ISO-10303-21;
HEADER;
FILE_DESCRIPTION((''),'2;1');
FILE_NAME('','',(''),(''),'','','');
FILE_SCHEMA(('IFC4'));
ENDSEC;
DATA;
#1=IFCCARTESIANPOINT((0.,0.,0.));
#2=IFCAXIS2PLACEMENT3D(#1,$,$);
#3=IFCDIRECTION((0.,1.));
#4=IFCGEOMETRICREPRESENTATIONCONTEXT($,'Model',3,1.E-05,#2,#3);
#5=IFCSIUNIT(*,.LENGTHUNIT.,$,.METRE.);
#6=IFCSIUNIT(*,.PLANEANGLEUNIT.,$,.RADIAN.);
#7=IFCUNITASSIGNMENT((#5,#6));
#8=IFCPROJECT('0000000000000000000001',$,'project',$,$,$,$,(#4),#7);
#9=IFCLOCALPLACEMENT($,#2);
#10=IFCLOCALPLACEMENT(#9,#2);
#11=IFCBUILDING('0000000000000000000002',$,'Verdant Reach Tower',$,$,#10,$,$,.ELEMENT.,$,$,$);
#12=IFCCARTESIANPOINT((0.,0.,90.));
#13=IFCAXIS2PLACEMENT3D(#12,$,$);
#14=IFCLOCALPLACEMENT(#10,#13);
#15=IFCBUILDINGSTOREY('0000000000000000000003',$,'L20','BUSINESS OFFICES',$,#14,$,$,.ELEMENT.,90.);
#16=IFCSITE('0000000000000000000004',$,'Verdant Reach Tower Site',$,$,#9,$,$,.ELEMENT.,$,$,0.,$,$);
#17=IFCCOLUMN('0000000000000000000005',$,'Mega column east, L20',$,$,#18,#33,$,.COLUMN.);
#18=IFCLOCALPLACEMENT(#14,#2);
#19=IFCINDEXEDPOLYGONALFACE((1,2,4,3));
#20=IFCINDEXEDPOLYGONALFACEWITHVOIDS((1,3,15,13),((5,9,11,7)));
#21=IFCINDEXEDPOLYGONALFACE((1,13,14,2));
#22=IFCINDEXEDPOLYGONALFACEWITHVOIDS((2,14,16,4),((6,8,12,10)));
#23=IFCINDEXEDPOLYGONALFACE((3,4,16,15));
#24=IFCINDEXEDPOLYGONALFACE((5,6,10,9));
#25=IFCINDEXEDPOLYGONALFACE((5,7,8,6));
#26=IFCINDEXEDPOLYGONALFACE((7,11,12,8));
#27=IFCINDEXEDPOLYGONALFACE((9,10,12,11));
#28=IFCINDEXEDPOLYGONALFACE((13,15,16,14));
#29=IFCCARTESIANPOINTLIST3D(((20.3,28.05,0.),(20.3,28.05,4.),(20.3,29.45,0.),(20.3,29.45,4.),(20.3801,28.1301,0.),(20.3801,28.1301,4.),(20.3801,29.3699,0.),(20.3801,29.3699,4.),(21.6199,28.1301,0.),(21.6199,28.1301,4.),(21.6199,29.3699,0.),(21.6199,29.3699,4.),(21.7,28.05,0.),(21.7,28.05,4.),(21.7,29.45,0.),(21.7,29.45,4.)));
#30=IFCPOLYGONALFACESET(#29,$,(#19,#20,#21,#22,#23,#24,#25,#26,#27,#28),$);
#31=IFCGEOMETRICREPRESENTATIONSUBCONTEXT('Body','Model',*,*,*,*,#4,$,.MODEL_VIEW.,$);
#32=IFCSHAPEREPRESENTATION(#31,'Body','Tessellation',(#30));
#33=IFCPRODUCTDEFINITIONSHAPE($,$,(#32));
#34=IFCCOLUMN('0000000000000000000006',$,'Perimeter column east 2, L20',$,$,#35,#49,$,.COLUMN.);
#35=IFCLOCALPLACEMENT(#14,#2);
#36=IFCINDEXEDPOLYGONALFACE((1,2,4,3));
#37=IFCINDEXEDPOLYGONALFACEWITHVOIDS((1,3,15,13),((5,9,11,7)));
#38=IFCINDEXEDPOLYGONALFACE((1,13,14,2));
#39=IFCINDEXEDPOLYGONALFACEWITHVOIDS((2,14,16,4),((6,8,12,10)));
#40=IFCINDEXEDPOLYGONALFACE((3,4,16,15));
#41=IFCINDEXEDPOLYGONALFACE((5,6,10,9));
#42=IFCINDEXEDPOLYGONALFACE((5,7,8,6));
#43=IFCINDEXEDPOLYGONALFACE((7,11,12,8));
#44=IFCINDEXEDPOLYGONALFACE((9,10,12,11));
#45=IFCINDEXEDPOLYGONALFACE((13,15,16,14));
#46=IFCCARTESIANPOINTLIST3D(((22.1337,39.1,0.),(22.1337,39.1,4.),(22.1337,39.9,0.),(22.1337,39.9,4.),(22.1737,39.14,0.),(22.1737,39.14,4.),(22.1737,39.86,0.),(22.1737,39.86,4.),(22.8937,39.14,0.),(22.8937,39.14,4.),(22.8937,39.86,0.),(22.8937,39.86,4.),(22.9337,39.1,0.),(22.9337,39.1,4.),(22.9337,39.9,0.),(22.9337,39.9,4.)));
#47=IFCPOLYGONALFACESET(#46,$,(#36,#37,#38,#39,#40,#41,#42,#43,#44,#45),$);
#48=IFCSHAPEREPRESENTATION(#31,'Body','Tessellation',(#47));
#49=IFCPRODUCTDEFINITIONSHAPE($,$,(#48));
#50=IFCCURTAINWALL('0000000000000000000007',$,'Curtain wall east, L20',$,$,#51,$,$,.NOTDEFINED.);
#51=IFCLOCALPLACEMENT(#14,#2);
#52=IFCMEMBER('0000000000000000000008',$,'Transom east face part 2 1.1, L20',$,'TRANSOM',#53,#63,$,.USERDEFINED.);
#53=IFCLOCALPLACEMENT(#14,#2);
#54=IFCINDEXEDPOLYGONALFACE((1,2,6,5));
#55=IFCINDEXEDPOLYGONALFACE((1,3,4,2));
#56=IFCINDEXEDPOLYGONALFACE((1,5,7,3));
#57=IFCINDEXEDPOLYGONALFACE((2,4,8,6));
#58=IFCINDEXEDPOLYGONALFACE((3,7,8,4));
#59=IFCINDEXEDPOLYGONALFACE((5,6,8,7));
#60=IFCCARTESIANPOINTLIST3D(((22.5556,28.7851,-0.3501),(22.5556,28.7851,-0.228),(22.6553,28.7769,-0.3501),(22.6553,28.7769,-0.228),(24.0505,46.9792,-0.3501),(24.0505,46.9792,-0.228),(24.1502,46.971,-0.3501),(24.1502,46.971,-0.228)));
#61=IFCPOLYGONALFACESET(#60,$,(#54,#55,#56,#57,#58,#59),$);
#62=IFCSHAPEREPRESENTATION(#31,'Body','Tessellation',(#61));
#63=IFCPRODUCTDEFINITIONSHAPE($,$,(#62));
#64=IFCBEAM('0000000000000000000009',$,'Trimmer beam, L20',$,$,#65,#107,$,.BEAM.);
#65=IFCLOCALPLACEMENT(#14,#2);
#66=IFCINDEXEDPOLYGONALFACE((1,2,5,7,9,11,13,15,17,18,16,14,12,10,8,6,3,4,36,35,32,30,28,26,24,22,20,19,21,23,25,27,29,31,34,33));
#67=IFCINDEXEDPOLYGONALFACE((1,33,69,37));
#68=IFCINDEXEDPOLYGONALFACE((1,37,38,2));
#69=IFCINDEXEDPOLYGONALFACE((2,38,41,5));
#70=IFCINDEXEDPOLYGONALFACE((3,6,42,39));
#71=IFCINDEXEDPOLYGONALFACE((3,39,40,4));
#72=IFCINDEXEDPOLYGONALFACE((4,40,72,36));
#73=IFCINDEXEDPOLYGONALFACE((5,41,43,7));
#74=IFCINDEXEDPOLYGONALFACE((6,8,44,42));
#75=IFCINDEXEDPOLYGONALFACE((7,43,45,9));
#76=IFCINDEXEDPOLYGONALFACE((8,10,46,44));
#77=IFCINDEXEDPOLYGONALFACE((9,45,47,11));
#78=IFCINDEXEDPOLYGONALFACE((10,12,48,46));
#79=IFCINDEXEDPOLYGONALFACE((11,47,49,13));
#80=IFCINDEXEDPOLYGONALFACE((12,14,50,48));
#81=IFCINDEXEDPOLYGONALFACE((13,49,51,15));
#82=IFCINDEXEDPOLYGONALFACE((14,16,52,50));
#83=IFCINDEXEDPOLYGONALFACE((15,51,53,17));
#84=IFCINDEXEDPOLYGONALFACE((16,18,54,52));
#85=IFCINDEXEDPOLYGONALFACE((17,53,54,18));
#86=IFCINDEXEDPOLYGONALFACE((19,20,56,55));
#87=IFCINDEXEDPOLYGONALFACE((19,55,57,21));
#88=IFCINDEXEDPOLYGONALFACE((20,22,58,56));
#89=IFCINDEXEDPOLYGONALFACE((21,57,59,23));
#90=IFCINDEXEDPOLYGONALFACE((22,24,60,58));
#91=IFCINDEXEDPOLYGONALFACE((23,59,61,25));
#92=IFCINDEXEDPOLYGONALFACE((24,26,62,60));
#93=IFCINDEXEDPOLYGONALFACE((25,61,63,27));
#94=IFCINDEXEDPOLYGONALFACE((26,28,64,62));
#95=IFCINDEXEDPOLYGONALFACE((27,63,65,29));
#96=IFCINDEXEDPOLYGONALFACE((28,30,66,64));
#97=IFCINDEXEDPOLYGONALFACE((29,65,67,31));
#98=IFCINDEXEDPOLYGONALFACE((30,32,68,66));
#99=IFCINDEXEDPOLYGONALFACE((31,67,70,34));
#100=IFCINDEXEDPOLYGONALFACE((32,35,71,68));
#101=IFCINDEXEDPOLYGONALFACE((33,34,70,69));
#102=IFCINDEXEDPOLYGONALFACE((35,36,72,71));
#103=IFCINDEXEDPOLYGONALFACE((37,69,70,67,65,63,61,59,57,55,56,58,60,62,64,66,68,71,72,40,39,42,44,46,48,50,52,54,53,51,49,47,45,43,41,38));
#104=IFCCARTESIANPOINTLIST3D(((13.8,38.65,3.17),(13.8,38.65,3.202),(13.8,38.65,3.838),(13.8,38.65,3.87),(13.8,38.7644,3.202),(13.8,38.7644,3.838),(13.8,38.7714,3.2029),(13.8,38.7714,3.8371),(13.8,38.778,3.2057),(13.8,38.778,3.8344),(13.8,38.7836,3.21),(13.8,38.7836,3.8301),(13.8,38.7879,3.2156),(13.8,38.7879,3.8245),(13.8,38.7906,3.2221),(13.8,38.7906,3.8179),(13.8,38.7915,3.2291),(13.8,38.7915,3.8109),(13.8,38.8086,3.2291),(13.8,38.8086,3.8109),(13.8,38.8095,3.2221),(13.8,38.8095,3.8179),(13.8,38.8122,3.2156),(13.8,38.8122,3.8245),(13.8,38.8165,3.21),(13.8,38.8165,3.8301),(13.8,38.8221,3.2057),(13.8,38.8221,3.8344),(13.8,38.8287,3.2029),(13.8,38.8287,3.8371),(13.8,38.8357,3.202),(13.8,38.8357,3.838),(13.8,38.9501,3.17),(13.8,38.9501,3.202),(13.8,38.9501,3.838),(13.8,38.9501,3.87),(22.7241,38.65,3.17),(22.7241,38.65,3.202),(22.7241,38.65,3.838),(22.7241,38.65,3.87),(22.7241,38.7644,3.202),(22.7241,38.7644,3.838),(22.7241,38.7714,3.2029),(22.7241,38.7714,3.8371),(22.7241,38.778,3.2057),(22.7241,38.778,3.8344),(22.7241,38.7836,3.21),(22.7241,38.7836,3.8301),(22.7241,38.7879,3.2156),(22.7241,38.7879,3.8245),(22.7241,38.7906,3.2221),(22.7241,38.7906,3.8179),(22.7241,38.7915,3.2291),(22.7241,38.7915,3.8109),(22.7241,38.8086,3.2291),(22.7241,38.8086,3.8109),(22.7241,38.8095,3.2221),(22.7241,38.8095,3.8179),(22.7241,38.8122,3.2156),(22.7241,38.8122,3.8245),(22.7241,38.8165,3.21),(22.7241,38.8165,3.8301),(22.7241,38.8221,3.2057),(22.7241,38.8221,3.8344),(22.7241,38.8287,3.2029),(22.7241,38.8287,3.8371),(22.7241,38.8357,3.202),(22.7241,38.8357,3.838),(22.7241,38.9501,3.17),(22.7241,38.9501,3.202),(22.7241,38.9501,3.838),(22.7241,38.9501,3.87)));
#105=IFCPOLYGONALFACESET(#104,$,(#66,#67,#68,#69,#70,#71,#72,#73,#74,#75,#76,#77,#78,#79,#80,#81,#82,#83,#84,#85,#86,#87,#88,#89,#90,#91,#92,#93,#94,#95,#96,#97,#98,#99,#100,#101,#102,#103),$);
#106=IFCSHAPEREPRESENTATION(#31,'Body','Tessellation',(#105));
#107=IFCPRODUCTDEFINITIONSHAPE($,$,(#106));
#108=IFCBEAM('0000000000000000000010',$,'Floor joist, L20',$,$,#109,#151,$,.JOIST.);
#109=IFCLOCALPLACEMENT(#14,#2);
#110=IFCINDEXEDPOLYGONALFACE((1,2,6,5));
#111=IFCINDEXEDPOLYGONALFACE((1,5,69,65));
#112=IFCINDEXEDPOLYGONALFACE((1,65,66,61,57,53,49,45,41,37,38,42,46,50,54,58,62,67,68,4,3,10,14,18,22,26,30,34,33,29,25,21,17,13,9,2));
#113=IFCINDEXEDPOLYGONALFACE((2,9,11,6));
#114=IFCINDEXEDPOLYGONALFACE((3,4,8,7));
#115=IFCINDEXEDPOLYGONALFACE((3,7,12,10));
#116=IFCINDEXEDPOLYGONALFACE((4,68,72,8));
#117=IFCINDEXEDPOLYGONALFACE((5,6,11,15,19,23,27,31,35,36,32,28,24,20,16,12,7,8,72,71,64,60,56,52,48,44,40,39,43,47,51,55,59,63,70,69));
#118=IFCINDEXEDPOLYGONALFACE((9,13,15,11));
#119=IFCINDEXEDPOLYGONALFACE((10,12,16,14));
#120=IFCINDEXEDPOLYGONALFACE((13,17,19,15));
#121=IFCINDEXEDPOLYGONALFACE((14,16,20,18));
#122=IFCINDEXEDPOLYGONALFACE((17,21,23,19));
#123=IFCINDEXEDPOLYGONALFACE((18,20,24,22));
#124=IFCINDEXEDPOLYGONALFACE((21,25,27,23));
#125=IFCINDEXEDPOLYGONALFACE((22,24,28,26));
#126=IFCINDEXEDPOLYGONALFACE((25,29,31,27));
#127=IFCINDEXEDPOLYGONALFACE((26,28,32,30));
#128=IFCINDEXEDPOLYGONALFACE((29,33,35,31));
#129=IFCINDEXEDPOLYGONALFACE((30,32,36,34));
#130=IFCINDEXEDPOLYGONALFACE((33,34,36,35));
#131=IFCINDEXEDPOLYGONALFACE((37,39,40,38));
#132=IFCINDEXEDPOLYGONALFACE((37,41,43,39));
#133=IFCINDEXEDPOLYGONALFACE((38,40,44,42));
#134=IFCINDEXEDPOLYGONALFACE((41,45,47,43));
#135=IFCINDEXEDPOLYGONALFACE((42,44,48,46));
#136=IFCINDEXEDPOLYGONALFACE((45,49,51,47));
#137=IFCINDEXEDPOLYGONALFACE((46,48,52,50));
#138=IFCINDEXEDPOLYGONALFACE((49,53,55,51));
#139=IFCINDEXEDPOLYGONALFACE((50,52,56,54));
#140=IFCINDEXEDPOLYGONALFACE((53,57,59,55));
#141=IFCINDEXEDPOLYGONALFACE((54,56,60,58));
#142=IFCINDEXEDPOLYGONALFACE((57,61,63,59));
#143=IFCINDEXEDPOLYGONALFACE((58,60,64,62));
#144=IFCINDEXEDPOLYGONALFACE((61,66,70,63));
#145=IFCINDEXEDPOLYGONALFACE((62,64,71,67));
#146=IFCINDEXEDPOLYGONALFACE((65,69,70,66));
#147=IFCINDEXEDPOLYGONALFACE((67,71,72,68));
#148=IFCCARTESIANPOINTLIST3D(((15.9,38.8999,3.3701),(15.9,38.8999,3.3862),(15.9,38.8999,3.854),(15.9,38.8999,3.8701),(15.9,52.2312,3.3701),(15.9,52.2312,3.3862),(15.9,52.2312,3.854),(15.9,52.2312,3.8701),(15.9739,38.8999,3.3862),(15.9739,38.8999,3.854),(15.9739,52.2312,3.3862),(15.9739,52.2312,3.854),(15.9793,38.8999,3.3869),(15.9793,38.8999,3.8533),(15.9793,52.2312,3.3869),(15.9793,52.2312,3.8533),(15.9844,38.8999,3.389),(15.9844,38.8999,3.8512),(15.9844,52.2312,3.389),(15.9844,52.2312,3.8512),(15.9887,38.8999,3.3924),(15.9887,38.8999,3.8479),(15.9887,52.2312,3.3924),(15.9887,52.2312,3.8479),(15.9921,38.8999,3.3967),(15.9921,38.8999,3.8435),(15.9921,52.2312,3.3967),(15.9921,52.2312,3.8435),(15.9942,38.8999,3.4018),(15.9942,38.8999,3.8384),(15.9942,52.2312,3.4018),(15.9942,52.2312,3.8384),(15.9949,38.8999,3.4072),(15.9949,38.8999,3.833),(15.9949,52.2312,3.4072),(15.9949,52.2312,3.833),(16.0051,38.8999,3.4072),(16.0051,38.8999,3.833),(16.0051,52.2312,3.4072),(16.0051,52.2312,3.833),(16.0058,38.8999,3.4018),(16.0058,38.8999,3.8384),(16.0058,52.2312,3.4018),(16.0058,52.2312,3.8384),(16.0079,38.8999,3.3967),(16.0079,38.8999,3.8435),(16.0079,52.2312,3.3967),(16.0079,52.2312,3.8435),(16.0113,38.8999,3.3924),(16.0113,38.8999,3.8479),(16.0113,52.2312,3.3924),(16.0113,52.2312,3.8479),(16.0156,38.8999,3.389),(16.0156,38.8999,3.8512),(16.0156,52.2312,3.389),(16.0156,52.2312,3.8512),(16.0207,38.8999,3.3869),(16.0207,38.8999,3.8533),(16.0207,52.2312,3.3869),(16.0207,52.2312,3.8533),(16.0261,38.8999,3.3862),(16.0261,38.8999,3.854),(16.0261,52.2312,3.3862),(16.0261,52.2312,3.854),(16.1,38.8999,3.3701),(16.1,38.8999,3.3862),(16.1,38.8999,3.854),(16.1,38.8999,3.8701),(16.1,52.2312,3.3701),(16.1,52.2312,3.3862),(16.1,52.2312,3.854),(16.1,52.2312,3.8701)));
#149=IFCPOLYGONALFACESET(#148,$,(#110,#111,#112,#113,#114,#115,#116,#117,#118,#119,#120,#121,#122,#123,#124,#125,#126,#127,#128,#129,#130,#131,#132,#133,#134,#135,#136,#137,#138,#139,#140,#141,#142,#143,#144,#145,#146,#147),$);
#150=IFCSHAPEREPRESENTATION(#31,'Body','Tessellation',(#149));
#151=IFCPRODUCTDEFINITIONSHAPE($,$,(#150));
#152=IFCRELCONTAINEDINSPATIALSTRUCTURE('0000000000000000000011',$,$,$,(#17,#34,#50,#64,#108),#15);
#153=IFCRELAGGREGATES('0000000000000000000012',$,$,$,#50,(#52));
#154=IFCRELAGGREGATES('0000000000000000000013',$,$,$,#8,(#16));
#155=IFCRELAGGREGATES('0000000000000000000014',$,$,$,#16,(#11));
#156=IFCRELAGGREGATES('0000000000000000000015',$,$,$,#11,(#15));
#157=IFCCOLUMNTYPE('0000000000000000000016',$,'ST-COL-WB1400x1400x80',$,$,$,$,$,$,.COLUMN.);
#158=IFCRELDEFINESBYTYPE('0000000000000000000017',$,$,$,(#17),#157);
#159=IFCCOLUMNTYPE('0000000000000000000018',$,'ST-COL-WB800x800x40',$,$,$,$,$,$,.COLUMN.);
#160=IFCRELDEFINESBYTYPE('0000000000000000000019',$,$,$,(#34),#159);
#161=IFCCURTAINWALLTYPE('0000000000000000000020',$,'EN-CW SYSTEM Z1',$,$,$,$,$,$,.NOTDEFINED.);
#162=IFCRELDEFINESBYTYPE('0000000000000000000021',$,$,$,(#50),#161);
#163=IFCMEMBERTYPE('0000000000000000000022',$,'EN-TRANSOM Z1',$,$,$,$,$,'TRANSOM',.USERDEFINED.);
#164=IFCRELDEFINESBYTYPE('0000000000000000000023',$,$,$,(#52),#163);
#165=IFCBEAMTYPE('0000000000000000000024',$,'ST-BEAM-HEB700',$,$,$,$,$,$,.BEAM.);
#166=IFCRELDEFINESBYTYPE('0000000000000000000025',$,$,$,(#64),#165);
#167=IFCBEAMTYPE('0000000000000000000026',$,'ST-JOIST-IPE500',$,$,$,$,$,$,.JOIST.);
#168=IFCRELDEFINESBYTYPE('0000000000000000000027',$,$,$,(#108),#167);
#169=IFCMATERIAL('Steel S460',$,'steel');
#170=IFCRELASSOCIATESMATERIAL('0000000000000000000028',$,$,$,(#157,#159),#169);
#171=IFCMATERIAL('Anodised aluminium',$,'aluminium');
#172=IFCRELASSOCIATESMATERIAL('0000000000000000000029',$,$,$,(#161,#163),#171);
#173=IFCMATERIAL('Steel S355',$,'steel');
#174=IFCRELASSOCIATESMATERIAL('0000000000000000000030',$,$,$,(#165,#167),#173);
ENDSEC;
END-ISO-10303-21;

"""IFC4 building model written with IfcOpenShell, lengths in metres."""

from ifc_helpers import new_model, si_unit, direction, frame, origin, origin_2d, place, context, subcontext, project, spatial, rectangle, hollow_rectangle, i_section, extrude, material, material_profile, profile_set, type_object, element, aggregate, save


model = new_model("IFC4")

# Units and contexts
model_context = context("Model", 3, precision=1e-05, world=origin(), true_north=direction((0.0, 1.0)))
body_context = subcontext(model_context, "Body", "Model", "MODEL_VIEW")
ifc_project = project(units=[si_unit("LENGTHUNIT", "METRE"), si_unit("PLANEANGLEUNIT", "RADIAN")], contexts=[model_context])

# Site, building, storey
site_placement = place(None, origin())
site = spatial("IfcSite", under=ifc_project, at=site_placement, Name="Verdant Reach Tower Site", CompositionType="ELEMENT", RefElevation=0.0)
building_placement = place(site_placement, origin())
building = spatial("IfcBuilding", under=site, at=building_placement, Name="Verdant Reach Tower", CompositionType="ELEMENT")
storey_placement = place(building_placement, frame((0.0, 0.0, 90.0)))
storey = spatial("IfcBuildingStorey", under=building, at=storey_placement, Name="L20", Description="BUSINESS OFFICES", CompositionType="ELEMENT", Elevation=90.0)

# Columns
ifc_material_1 = material(Name="Steel S460", Category="steel")
ifc_material_profile_1 = material_profile(ifc_material_1, hollow_rectangle(XDim=1.3999, YDim=1.3999, WallThickness=0.0801, at=origin_2d()), Name="WB 1400x1400x80")
ifc_profile_set_1 = profile_set([ifc_material_profile_1], Name="Steel S460")
column_type_1 = type_object("IfcColumnType", Name="ST-COL-WB1400x1400x80", PredefinedType="COLUMN", material=ifc_profile_set_1)
column_1_placement = place(storey_placement, frame((21.0, 28.75, 0.0), z_axis=(0.0, 0.0, 1.0), x_axis=(1.0, 0.0, 0.0)))
element("IfcColumn", 1, at=column_1_placement, inside=storey, type_object=column_type_1, Name="Mega column east, L20", PredefinedType="COLUMN", context=body_context, shape_type="SweptSolid", body=[
    extrude(hollow_rectangle(XDim=1.3999, YDim=1.3999, WallThickness=0.0801, at=origin_2d()), origin(), (0.0, 0.0, 1.0), 4.0),
])
ifc_material_profile_2 = material_profile(ifc_material_1, hollow_rectangle(XDim=0.8, YDim=0.8, WallThickness=0.04, at=origin_2d()), Name="WB 800x800x40")
ifc_profile_set_2 = profile_set([ifc_material_profile_2], Name="Steel S460")
column_type_2 = type_object("IfcColumnType", Name="ST-COL-WB800x800x40", PredefinedType="COLUMN", material=ifc_profile_set_2)
column_2_placement = place(storey_placement, frame((22.5337, 39.5, 0.0), z_axis=(0.0, 0.0, 1.0), x_axis=(1.0, 0.0, 0.0)))
element("IfcColumn", 2, at=column_2_placement, inside=storey, type_object=column_type_2, Name="Perimeter column east 2, L20", PredefinedType="COLUMN", context=body_context, shape_type="SweptSolid", body=[
    extrude(hollow_rectangle(XDim=0.8, YDim=0.8, WallThickness=0.04, at=origin_2d()), origin(), (0.0, 0.0, 1.0), 4.0),
])

# Curtain wall, member
ifc_material_2 = material(Name="Anodised aluminium", Category="aluminium")
curtain_wall_type = type_object("IfcCurtainWallType", Name="EN-CW SYSTEM Z1", PredefinedType="NOTDEFINED", material=ifc_material_2)
curtain_wall_placement = place(storey_placement, origin())
curtain_wall = element("IfcCurtainWall", 3, at=curtain_wall_placement, inside=storey, type_object=curtain_wall_type, Name="Curtain wall east, L20", PredefinedType="NOTDEFINED")
ifc_material_profile_3 = material_profile(ifc_material_2, rectangle(XDim=0.1001, YDim=0.1221, at=origin_2d()), Name="Transom 122x100")
ifc_profile_set_3 = profile_set([ifc_material_profile_3], Name="Anodised aluminium")
member_type = type_object("IfcMemberType", Name="EN-TRANSOM Z1", ElementType="TRANSOM", PredefinedType="USERDEFINED", material=ifc_profile_set_3)
member_placement = place(storey_placement, frame((22.6055, 28.781, -0.2891), z_axis=(0.081887, 0.996642, 0.0), x_axis=(-0.996642, 0.081887, 0.0)))
member = element("IfcMember", 4, at=member_placement, type_object=member_type, Name="Transom east face part 2 1.1, L20", ObjectType="TRANSOM", PredefinedType="USERDEFINED", context=body_context, shape_type="SweptSolid", body=[
    extrude(rectangle(XDim=0.1001, YDim=0.1221, at=origin_2d()), origin(), (0.0, 0.0, 1.0), 18.2554),
])

# Beams
ifc_material_3 = material(Name="Steel S355", Category="steel")
ifc_material_profile_4 = material_profile(ifc_material_3, i_section(OverallWidth=0.3, OverallDepth=0.7, WebThickness=0.0171, FlangeThickness=0.032, FilletRadius=0.0271, at=origin_2d()), Name="HEB 700")
ifc_profile_set_4 = profile_set([ifc_material_profile_4], Name="Steel S355")
beam_type_1 = type_object("IfcBeamType", Name="ST-BEAM-HEB700", PredefinedType="BEAM", material=ifc_profile_set_4)
beam_1_placement = place(storey_placement, frame((13.8, 38.8, 3.52), z_axis=(1.0, 0.0, 0.0), x_axis=(0.0, 1.0, 0.0)))
element("IfcBeam", 5, at=beam_1_placement, inside=storey, type_object=beam_type_1, Name="Trimmer beam, L20", PredefinedType="BEAM", context=body_context, shape_type="SweptSolid", body=[
    extrude(i_section(OverallWidth=0.3, OverallDepth=0.7, WebThickness=0.0171, FlangeThickness=0.032, FilletRadius=0.0271, at=origin_2d()), origin(), (0.0, 0.0, 1.0), 8.9241),
])
ifc_material_profile_5 = material_profile(ifc_material_3, i_section(OverallWidth=0.2, OverallDepth=0.5, WebThickness=0.0103, FlangeThickness=0.0161, FilletRadius=0.021, at=origin_2d()), Name="IPE 500")
ifc_profile_set_5 = profile_set([ifc_material_profile_5], Name="Steel S355")
beam_type_2 = type_object("IfcBeamType", Name="ST-JOIST-IPE500", PredefinedType="JOIST", material=ifc_profile_set_5)
beam_2_placement = place(storey_placement, frame((16.0, 38.8999, 3.6201), z_axis=(0.0, 1.0, 0.0), x_axis=(-1.0, 0.0, 0.0)))
element("IfcBeam", 6, at=beam_2_placement, inside=storey, type_object=beam_type_2, Name="Floor joist, L20", PredefinedType="JOIST", context=body_context, shape_type="SweptSolid", body=[
    extrude(i_section(OverallWidth=0.2, OverallDepth=0.5, WebThickness=0.0103, FlangeThickness=0.0161, FilletRadius=0.021, at=origin_2d()), origin(), (0.0, 0.0, 1.0), 13.3313),
])

aggregate(curtain_wall, [member])

save(model, "model.ifc")
